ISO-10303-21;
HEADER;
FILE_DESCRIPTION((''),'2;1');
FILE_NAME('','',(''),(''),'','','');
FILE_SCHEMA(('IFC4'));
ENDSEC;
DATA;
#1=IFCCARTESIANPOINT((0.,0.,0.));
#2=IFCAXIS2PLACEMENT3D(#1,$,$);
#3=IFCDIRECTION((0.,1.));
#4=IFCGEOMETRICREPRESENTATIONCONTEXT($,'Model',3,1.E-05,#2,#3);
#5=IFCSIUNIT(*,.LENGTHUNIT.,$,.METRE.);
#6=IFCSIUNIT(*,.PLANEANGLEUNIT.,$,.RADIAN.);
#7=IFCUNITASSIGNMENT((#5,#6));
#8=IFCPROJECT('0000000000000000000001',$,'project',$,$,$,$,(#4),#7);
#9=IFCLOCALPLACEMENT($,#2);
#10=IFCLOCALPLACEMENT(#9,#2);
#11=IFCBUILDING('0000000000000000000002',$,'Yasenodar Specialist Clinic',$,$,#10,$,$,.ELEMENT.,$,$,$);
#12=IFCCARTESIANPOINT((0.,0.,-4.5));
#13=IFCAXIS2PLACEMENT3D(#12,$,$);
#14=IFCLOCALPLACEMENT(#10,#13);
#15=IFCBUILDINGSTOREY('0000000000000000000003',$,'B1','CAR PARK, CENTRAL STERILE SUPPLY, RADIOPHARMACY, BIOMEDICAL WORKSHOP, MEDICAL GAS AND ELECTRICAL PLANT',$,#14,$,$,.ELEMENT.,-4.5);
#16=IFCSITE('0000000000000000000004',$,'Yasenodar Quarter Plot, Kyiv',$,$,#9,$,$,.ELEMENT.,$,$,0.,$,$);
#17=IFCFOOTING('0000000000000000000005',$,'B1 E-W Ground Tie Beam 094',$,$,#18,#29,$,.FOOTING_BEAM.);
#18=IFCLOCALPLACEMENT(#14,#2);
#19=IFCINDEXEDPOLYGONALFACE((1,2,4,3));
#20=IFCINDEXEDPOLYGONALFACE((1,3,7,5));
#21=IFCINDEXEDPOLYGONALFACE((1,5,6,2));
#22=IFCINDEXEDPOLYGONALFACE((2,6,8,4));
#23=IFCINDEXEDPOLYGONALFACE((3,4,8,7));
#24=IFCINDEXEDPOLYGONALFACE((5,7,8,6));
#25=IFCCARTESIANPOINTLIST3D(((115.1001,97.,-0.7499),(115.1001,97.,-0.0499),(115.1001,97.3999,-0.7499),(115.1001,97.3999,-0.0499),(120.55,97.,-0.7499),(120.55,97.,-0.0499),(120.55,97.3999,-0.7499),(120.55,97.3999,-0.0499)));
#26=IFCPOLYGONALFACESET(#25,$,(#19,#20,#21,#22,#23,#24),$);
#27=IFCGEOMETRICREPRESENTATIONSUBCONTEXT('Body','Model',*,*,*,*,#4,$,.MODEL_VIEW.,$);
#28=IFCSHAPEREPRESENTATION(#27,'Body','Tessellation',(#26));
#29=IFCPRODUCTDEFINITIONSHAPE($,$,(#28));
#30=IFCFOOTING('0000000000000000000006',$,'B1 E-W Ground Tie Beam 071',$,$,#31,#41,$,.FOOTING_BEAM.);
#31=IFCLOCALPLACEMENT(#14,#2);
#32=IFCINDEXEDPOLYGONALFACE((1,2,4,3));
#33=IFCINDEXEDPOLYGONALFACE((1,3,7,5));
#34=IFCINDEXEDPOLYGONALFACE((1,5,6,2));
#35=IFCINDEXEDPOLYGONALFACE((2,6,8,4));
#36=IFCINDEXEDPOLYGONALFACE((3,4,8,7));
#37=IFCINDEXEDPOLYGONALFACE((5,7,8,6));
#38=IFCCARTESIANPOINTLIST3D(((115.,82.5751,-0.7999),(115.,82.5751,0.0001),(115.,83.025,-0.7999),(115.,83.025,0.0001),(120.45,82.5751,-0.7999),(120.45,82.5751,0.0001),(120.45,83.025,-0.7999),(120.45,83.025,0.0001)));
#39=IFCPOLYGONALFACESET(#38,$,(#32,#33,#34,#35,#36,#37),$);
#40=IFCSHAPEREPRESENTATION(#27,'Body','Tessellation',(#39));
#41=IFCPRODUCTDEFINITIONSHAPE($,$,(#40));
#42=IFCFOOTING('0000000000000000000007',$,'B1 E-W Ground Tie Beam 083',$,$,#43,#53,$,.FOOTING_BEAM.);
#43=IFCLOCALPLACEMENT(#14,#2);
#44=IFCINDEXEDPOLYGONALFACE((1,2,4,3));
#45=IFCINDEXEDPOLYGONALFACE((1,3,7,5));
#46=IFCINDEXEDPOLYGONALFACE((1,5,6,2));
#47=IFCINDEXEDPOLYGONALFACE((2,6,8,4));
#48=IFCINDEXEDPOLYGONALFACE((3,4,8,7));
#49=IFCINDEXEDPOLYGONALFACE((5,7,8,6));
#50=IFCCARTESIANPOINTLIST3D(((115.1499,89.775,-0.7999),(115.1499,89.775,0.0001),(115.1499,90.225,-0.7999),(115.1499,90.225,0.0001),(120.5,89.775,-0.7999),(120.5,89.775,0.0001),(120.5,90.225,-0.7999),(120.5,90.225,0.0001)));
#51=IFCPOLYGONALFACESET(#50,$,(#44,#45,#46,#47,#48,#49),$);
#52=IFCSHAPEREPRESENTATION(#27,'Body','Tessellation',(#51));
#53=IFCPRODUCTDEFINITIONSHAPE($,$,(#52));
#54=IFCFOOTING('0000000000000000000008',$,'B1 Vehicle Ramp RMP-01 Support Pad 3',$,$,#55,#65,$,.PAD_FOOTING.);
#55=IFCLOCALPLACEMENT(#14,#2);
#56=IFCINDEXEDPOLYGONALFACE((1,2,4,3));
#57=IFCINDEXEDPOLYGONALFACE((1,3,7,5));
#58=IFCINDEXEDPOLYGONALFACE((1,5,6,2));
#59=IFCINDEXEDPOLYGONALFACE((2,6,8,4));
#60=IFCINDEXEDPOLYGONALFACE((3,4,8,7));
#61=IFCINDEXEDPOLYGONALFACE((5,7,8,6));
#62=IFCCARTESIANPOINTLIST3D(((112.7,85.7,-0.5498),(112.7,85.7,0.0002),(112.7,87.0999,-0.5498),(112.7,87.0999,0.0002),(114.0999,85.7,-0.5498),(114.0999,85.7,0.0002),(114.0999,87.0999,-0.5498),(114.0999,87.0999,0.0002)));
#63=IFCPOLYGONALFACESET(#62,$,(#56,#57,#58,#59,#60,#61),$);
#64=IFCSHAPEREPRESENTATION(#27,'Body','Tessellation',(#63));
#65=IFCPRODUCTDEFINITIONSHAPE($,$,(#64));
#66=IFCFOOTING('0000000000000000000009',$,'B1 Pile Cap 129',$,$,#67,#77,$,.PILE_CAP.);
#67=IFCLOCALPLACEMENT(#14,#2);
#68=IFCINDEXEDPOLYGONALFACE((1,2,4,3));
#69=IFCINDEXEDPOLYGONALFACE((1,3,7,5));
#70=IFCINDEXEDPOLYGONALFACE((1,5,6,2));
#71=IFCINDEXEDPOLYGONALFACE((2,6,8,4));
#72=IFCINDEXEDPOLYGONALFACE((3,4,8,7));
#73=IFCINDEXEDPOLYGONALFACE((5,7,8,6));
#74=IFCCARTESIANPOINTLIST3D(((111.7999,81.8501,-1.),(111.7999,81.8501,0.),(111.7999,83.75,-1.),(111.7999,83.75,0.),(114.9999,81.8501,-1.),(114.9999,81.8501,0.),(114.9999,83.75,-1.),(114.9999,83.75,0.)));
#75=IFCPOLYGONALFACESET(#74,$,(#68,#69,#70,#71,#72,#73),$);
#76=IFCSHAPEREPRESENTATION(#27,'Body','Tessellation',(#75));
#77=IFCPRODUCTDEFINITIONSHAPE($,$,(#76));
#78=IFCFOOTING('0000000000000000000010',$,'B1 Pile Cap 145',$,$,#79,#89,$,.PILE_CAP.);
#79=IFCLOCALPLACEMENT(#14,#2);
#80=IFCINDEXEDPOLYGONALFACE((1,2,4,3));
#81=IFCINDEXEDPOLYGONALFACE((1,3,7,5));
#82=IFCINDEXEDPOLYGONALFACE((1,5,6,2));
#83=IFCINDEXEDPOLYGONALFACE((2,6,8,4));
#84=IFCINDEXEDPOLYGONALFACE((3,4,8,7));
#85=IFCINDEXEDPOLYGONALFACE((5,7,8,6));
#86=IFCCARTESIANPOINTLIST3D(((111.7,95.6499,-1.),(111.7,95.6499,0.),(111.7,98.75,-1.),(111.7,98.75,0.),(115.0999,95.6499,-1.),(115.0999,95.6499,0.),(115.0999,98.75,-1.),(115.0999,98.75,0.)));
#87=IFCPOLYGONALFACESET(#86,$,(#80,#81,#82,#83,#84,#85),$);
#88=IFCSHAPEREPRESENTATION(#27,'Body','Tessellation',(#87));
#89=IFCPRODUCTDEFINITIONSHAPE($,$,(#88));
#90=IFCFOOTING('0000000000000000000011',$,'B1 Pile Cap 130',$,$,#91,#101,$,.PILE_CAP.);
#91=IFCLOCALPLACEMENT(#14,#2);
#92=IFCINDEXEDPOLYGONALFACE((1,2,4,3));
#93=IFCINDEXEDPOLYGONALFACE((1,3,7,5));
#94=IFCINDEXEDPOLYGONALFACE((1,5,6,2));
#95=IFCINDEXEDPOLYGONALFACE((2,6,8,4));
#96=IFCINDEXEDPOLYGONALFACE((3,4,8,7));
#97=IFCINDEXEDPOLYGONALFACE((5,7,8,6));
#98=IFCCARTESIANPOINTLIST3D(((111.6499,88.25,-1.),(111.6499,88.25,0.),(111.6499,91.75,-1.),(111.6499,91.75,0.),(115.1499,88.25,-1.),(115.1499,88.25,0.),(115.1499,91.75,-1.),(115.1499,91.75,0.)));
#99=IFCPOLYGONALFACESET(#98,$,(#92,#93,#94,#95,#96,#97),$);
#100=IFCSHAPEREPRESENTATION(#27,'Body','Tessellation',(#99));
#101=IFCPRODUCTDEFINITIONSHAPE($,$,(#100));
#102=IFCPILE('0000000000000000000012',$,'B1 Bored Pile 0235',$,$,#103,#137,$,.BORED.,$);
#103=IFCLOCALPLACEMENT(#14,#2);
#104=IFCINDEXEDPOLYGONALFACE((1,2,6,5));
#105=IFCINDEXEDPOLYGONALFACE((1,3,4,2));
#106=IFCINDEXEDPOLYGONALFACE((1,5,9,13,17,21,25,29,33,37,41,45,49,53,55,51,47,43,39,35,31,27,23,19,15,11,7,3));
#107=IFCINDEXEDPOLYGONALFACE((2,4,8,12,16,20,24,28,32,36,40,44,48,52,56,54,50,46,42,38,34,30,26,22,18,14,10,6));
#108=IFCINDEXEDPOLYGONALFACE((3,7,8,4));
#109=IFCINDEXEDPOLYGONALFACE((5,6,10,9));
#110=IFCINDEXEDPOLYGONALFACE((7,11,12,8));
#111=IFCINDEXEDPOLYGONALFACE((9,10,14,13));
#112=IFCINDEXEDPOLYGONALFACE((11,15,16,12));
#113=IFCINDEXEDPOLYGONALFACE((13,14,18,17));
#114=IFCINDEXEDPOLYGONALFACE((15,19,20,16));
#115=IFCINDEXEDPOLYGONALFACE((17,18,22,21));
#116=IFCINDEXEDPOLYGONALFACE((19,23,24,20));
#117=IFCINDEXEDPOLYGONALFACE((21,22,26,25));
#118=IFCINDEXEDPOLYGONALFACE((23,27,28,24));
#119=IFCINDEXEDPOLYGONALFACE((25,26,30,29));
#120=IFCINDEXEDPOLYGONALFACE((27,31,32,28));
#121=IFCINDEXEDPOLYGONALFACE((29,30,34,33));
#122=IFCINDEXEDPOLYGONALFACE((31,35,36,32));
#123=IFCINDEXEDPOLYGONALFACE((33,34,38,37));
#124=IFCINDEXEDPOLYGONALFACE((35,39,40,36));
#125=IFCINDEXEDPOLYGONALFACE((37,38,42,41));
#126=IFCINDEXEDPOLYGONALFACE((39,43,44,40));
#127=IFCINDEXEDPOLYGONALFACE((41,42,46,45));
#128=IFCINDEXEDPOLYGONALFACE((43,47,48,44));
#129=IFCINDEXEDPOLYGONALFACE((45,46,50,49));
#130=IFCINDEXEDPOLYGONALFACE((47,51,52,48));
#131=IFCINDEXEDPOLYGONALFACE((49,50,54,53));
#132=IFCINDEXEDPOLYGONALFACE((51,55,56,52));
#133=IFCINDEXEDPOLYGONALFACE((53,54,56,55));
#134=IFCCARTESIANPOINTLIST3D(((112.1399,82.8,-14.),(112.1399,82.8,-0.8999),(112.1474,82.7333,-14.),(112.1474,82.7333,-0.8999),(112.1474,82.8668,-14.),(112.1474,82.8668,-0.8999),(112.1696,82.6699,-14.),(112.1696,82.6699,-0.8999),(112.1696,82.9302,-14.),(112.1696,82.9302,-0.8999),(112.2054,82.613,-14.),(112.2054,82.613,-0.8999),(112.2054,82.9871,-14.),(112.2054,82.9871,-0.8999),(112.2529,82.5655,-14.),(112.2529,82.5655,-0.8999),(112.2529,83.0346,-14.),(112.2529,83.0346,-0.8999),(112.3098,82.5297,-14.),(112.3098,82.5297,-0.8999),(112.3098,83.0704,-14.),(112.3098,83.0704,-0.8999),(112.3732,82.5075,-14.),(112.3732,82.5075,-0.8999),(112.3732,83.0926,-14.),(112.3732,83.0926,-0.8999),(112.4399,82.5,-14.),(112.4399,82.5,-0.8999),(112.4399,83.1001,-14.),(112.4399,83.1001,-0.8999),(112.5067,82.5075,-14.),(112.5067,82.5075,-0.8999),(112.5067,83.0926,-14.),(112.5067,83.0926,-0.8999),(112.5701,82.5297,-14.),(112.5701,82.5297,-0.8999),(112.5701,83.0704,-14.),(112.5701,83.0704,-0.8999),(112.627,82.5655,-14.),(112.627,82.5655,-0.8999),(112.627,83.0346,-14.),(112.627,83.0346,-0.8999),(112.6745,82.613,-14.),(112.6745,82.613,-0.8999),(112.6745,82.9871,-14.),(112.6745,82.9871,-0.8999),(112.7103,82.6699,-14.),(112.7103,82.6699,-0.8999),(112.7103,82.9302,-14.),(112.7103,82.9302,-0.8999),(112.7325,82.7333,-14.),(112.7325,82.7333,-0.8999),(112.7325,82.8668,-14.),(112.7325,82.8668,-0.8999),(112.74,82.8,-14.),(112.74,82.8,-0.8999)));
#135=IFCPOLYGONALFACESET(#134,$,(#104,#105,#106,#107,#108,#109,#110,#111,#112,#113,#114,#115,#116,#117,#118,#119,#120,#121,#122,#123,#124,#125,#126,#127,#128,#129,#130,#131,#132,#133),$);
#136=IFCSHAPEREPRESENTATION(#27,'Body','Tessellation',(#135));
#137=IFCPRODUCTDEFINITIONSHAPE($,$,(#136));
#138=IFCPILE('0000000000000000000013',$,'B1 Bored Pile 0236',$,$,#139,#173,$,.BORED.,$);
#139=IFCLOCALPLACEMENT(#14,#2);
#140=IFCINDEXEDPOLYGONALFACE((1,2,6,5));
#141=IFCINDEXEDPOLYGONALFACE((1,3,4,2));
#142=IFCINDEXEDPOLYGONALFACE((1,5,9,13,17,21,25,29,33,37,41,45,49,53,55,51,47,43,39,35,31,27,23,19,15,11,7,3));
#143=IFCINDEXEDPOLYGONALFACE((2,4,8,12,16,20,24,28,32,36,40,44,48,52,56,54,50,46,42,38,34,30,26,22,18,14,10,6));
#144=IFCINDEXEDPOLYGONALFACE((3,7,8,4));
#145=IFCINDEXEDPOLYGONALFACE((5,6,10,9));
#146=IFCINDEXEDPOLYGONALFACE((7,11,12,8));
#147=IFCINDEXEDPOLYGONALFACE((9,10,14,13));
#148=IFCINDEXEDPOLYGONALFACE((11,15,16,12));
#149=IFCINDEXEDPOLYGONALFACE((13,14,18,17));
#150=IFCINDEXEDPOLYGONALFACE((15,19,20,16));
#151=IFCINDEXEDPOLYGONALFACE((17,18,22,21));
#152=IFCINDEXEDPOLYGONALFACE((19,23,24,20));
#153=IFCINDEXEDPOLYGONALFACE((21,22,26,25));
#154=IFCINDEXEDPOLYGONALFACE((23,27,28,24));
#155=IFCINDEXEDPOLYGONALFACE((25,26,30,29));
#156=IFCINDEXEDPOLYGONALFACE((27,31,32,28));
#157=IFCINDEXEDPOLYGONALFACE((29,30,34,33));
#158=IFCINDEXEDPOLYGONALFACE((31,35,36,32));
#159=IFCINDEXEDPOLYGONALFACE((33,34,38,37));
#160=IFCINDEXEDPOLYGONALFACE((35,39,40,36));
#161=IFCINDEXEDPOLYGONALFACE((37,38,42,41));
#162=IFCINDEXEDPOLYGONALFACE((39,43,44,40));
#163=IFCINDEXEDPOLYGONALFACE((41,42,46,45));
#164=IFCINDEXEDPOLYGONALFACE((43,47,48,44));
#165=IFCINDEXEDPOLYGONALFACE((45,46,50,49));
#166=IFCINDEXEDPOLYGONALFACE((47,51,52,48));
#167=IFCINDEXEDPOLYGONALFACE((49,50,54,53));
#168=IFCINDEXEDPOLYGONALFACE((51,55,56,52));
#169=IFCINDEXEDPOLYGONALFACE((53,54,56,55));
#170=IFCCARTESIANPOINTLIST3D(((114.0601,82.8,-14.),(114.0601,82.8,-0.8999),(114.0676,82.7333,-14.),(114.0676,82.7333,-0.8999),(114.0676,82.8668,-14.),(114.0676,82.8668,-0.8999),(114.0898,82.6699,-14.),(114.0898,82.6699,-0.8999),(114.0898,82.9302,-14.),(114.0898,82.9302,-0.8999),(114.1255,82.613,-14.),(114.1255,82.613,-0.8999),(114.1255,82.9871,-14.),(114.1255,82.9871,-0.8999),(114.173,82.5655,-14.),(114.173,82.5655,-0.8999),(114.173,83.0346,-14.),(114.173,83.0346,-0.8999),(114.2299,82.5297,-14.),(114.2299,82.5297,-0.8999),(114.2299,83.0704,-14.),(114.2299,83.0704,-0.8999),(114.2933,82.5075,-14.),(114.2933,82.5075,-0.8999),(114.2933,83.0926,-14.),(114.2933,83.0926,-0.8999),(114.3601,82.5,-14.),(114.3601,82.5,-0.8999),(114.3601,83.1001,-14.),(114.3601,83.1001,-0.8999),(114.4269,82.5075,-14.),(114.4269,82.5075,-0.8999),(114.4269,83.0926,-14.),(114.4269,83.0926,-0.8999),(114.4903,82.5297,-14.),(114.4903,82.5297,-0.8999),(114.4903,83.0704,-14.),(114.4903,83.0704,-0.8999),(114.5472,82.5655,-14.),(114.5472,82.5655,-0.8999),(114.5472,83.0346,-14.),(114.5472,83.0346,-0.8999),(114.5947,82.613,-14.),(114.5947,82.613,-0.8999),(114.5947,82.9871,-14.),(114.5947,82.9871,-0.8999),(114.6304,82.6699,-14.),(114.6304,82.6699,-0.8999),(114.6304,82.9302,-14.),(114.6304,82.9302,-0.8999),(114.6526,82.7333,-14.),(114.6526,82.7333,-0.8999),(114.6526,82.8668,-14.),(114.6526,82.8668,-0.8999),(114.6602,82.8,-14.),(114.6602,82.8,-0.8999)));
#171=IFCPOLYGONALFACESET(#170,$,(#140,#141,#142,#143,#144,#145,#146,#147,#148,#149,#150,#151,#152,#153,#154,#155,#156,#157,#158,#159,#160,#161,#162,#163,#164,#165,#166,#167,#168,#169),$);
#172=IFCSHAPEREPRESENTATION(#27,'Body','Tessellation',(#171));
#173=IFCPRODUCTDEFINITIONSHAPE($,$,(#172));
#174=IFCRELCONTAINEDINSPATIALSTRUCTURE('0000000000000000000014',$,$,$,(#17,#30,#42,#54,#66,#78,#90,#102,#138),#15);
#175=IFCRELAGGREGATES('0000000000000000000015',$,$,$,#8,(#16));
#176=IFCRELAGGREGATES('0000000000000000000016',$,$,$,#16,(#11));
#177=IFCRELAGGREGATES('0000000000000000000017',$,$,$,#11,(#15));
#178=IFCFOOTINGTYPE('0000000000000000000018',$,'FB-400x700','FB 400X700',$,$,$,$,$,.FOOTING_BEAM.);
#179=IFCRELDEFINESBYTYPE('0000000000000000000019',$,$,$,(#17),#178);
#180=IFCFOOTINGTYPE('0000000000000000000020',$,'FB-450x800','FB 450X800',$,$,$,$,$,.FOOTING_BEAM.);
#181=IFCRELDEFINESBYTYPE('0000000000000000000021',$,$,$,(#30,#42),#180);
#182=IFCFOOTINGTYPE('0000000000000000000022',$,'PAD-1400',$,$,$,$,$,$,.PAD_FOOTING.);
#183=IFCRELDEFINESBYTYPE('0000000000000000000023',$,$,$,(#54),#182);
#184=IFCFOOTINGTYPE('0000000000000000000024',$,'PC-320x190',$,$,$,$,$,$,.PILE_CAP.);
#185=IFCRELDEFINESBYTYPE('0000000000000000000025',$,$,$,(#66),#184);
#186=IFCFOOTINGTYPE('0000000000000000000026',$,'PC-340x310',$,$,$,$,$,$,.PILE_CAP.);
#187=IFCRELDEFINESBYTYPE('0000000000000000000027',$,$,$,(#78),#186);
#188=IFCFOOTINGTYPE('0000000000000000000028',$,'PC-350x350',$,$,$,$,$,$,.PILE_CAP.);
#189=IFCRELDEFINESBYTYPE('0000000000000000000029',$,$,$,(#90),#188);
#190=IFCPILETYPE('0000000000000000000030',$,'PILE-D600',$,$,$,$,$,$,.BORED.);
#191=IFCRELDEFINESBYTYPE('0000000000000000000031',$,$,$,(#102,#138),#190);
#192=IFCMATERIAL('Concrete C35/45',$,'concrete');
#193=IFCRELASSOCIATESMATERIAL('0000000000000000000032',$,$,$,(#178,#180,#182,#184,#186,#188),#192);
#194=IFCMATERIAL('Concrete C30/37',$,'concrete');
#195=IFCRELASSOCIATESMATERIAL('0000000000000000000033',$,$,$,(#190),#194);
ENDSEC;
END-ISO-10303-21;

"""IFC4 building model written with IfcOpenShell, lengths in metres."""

from ifc_helpers import new_model, si_unit, direction, frame, origin, origin_2d, place, context, subcontext, project, spatial, rectangle, circle, extrude, material, material_profile, profile_set, type_object, element, save


model = new_model("IFC4")

# Units and contexts
model_context = context("Model", 3, precision=1e-05, world=origin(), true_north=direction((0.0, 1.0)))
body_context = subcontext(model_context, "Body", "Model", "MODEL_VIEW")
ifc_project = project(units=[si_unit("LENGTHUNIT", "METRE"), si_unit("PLANEANGLEUNIT", "RADIAN")], contexts=[model_context])

# Site, building, storey
site_placement = place(None, origin())
site = spatial("IfcSite", under=ifc_project, at=site_placement, Name="Yasenodar Quarter Plot, Kyiv", CompositionType="ELEMENT", RefElevation=0.0)
building_placement = place(site_placement, origin())
building = spatial("IfcBuilding", under=site, at=building_placement, Name="Yasenodar Specialist Clinic", CompositionType="ELEMENT")
storey_placement = place(building_placement, frame((0.0, 0.0, -4.5)))
storey = spatial("IfcBuildingStorey", under=building, at=storey_placement, Name="B1", Description="CAR PARK, CENTRAL STERILE SUPPLY, RADIOPHARMACY, BIOMEDICAL WORKSHOP, MEDICAL GAS AND ELECTRICAL PLANT", CompositionType="ELEMENT", Elevation=-4.5)

# Footings
ifc_material_1 = material(Name="Concrete C35/45", Category="concrete")
ifc_material_profile_1 = material_profile(ifc_material_1, rectangle(XDim=0.3999, YDim=0.7, at=origin_2d()), Name="RC 400x700")
ifc_profile_set_1 = profile_set([ifc_material_profile_1], Name="Concrete C35/45")
footing_type_1 = type_object("IfcFootingType", Name="FB-400x700", Description="FB 400X700", PredefinedType="FOOTING_BEAM", material=ifc_profile_set_1)
footing_1_placement = place(storey_placement, frame((115.1001, 97.2, -0.3999), z_axis=(1.0, 0.0, 0.0), x_axis=(0.0, 1.0, 0.0)))
element("IfcFooting", 1, at=footing_1_placement, inside=storey, type_object=footing_type_1, Name="B1 E-W Ground Tie Beam 094", PredefinedType="FOOTING_BEAM", context=body_context, shape_type="SweptSolid", body=[
    extrude(rectangle(XDim=0.3999, YDim=0.7, at=origin_2d()), origin(), (0.0, 0.0, 1.0), 5.45),
])
ifc_material_profile_2 = material_profile(ifc_material_1, rectangle(XDim=0.45, YDim=0.8, at=origin_2d()), Name="RC 450x800")
ifc_profile_set_2 = profile_set([ifc_material_profile_2], Name="Concrete C35/45")
footing_type_2 = type_object("IfcFootingType", Name="FB-450x800", Description="FB 450X800", PredefinedType="FOOTING_BEAM", material=ifc_profile_set_2)
footing_2_placement = place(storey_placement, frame((115.0, 82.8, -0.3999), z_axis=(1.0, 0.0, 0.0), x_axis=(0.0, 1.0, 0.0)))
element("IfcFooting", 2, at=footing_2_placement, inside=storey, type_object=footing_type_2, Name="B1 E-W Ground Tie Beam 071", PredefinedType="FOOTING_BEAM", context=body_context, shape_type="SweptSolid", body=[
    extrude(rectangle(XDim=0.45, YDim=0.8, at=origin_2d()), origin(), (0.0, 0.0, 1.0), 5.45),
])
footing_3_placement = place(storey_placement, frame((115.1499, 90.0, -0.3999), z_axis=(1.0, 0.0, 0.0), x_axis=(0.0, 1.0, 0.0)))
element("IfcFooting", 3, at=footing_3_placement, inside=storey, type_object=footing_type_2, Name="B1 E-W Ground Tie Beam 083", PredefinedType="FOOTING_BEAM", context=body_context, shape_type="SweptSolid", body=[
    extrude(rectangle(XDim=0.45, YDim=0.8, at=origin_2d()), origin(), (0.0, 0.0, 1.0), 5.3501),
])
footing_type_3 = type_object("IfcFootingType", Name="PAD-1400", PredefinedType="PAD_FOOTING", material=ifc_material_1)
footing_4_placement = place(storey_placement, frame((113.3999, 86.3999, -0.5498), z_axis=(0.0, 0.0, 1.0), x_axis=(1.0, 0.0, 0.0)))
element("IfcFooting", 4, at=footing_4_placement, inside=storey, type_object=footing_type_3, Name="B1 Vehicle Ramp RMP-01 Support Pad 3", PredefinedType="PAD_FOOTING", context=body_context, shape_type="SweptSolid", body=[
    extrude(rectangle(XDim=1.3999, YDim=1.3999, at=origin_2d()), origin(), (0.0, 0.0, 1.0), 0.55),
])
footing_type_4 = type_object("IfcFootingType", Name="PC-320x190", PredefinedType="PILE_CAP", material=ifc_material_1)
footing_5_placement = place(storey_placement, frame((113.3999, 82.8, -1.0), z_axis=(0.0, 0.0, 1.0), x_axis=(1.0, 0.0, 0.0)))
element("IfcFooting", 5, at=footing_5_placement, inside=storey, type_object=footing_type_4, Name="B1 Pile Cap 129", PredefinedType="PILE_CAP", context=body_context, shape_type="SweptSolid", body=[
    extrude(rectangle(XDim=3.2, YDim=1.8999, at=origin_2d()), origin(), (0.0, 0.0, 1.0), 1.0),
])
footing_type_5 = type_object("IfcFootingType", Name="PC-340x310", PredefinedType="PILE_CAP", material=ifc_material_1)
footing_6_placement = place(storey_placement, frame((113.3999, 97.2, -1.0), z_axis=(0.0, 0.0, 1.0), x_axis=(1.0, 0.0, 0.0)))
element("IfcFooting", 6, at=footing_6_placement, inside=storey, type_object=footing_type_5, Name="B1 Pile Cap 145", PredefinedType="PILE_CAP", context=body_context, shape_type="SweptSolid", body=[
    extrude(rectangle(XDim=3.3999, YDim=3.1001, at=origin_2d()), origin(), (0.0, 0.0, 1.0), 1.0),
])
footing_type_6 = type_object("IfcFootingType", Name="PC-350x350", PredefinedType="PILE_CAP", material=ifc_material_1)
footing_7_placement = place(storey_placement, frame((113.3999, 90.0, -1.0), z_axis=(0.0, 0.0, 1.0), x_axis=(1.0, 0.0, 0.0)))
element("IfcFooting", 7, at=footing_7_placement, inside=storey, type_object=footing_type_6, Name="B1 Pile Cap 130", PredefinedType="PILE_CAP", context=body_context, shape_type="SweptSolid", body=[
    extrude(rectangle(XDim=3.5, YDim=3.5, at=origin_2d()), origin(), (0.0, 0.0, 1.0), 1.0),
])

# Piles
ifc_material_2 = material(Name="Concrete C30/37", Category="concrete")
ifc_material_profile_3 = material_profile(ifc_material_2, circle(Radius=0.3, at=origin_2d()), Name="PILE D600")
ifc_profile_set_3 = profile_set([ifc_material_profile_3], Name="Concrete C30/37")
pile_type_1 = type_object("IfcPileType", Name="PILE-D600", PredefinedType="BORED", material=ifc_profile_set_3)
for number, where, z_axis, x_axis, name in (
    (8, (112.4399, 82.8, -0.8999), (0.0, 0.0, -1.0), (1.0, 0.0, 0.0), "B1 Bored Pile 0235"),
    (9, (114.3601, 82.8, -0.8999), (0.0, 0.0, -1.0), (1.0, 0.0, 0.0), "B1 Bored Pile 0236"),
):
    element("IfcPile", number, at=place(storey_placement, frame(where, z_axis=z_axis, x_axis=x_axis)), inside=storey, type_object=pile_type_1, Name=name, PredefinedType="BORED", context=body_context, shape_type="SweptSolid", body=[
        extrude(circle(Radius=0.3, at=origin_2d()), origin(), (0.0, 0.0, 1.0), 13.1001),
    ])

save(model, "model.ifc")
